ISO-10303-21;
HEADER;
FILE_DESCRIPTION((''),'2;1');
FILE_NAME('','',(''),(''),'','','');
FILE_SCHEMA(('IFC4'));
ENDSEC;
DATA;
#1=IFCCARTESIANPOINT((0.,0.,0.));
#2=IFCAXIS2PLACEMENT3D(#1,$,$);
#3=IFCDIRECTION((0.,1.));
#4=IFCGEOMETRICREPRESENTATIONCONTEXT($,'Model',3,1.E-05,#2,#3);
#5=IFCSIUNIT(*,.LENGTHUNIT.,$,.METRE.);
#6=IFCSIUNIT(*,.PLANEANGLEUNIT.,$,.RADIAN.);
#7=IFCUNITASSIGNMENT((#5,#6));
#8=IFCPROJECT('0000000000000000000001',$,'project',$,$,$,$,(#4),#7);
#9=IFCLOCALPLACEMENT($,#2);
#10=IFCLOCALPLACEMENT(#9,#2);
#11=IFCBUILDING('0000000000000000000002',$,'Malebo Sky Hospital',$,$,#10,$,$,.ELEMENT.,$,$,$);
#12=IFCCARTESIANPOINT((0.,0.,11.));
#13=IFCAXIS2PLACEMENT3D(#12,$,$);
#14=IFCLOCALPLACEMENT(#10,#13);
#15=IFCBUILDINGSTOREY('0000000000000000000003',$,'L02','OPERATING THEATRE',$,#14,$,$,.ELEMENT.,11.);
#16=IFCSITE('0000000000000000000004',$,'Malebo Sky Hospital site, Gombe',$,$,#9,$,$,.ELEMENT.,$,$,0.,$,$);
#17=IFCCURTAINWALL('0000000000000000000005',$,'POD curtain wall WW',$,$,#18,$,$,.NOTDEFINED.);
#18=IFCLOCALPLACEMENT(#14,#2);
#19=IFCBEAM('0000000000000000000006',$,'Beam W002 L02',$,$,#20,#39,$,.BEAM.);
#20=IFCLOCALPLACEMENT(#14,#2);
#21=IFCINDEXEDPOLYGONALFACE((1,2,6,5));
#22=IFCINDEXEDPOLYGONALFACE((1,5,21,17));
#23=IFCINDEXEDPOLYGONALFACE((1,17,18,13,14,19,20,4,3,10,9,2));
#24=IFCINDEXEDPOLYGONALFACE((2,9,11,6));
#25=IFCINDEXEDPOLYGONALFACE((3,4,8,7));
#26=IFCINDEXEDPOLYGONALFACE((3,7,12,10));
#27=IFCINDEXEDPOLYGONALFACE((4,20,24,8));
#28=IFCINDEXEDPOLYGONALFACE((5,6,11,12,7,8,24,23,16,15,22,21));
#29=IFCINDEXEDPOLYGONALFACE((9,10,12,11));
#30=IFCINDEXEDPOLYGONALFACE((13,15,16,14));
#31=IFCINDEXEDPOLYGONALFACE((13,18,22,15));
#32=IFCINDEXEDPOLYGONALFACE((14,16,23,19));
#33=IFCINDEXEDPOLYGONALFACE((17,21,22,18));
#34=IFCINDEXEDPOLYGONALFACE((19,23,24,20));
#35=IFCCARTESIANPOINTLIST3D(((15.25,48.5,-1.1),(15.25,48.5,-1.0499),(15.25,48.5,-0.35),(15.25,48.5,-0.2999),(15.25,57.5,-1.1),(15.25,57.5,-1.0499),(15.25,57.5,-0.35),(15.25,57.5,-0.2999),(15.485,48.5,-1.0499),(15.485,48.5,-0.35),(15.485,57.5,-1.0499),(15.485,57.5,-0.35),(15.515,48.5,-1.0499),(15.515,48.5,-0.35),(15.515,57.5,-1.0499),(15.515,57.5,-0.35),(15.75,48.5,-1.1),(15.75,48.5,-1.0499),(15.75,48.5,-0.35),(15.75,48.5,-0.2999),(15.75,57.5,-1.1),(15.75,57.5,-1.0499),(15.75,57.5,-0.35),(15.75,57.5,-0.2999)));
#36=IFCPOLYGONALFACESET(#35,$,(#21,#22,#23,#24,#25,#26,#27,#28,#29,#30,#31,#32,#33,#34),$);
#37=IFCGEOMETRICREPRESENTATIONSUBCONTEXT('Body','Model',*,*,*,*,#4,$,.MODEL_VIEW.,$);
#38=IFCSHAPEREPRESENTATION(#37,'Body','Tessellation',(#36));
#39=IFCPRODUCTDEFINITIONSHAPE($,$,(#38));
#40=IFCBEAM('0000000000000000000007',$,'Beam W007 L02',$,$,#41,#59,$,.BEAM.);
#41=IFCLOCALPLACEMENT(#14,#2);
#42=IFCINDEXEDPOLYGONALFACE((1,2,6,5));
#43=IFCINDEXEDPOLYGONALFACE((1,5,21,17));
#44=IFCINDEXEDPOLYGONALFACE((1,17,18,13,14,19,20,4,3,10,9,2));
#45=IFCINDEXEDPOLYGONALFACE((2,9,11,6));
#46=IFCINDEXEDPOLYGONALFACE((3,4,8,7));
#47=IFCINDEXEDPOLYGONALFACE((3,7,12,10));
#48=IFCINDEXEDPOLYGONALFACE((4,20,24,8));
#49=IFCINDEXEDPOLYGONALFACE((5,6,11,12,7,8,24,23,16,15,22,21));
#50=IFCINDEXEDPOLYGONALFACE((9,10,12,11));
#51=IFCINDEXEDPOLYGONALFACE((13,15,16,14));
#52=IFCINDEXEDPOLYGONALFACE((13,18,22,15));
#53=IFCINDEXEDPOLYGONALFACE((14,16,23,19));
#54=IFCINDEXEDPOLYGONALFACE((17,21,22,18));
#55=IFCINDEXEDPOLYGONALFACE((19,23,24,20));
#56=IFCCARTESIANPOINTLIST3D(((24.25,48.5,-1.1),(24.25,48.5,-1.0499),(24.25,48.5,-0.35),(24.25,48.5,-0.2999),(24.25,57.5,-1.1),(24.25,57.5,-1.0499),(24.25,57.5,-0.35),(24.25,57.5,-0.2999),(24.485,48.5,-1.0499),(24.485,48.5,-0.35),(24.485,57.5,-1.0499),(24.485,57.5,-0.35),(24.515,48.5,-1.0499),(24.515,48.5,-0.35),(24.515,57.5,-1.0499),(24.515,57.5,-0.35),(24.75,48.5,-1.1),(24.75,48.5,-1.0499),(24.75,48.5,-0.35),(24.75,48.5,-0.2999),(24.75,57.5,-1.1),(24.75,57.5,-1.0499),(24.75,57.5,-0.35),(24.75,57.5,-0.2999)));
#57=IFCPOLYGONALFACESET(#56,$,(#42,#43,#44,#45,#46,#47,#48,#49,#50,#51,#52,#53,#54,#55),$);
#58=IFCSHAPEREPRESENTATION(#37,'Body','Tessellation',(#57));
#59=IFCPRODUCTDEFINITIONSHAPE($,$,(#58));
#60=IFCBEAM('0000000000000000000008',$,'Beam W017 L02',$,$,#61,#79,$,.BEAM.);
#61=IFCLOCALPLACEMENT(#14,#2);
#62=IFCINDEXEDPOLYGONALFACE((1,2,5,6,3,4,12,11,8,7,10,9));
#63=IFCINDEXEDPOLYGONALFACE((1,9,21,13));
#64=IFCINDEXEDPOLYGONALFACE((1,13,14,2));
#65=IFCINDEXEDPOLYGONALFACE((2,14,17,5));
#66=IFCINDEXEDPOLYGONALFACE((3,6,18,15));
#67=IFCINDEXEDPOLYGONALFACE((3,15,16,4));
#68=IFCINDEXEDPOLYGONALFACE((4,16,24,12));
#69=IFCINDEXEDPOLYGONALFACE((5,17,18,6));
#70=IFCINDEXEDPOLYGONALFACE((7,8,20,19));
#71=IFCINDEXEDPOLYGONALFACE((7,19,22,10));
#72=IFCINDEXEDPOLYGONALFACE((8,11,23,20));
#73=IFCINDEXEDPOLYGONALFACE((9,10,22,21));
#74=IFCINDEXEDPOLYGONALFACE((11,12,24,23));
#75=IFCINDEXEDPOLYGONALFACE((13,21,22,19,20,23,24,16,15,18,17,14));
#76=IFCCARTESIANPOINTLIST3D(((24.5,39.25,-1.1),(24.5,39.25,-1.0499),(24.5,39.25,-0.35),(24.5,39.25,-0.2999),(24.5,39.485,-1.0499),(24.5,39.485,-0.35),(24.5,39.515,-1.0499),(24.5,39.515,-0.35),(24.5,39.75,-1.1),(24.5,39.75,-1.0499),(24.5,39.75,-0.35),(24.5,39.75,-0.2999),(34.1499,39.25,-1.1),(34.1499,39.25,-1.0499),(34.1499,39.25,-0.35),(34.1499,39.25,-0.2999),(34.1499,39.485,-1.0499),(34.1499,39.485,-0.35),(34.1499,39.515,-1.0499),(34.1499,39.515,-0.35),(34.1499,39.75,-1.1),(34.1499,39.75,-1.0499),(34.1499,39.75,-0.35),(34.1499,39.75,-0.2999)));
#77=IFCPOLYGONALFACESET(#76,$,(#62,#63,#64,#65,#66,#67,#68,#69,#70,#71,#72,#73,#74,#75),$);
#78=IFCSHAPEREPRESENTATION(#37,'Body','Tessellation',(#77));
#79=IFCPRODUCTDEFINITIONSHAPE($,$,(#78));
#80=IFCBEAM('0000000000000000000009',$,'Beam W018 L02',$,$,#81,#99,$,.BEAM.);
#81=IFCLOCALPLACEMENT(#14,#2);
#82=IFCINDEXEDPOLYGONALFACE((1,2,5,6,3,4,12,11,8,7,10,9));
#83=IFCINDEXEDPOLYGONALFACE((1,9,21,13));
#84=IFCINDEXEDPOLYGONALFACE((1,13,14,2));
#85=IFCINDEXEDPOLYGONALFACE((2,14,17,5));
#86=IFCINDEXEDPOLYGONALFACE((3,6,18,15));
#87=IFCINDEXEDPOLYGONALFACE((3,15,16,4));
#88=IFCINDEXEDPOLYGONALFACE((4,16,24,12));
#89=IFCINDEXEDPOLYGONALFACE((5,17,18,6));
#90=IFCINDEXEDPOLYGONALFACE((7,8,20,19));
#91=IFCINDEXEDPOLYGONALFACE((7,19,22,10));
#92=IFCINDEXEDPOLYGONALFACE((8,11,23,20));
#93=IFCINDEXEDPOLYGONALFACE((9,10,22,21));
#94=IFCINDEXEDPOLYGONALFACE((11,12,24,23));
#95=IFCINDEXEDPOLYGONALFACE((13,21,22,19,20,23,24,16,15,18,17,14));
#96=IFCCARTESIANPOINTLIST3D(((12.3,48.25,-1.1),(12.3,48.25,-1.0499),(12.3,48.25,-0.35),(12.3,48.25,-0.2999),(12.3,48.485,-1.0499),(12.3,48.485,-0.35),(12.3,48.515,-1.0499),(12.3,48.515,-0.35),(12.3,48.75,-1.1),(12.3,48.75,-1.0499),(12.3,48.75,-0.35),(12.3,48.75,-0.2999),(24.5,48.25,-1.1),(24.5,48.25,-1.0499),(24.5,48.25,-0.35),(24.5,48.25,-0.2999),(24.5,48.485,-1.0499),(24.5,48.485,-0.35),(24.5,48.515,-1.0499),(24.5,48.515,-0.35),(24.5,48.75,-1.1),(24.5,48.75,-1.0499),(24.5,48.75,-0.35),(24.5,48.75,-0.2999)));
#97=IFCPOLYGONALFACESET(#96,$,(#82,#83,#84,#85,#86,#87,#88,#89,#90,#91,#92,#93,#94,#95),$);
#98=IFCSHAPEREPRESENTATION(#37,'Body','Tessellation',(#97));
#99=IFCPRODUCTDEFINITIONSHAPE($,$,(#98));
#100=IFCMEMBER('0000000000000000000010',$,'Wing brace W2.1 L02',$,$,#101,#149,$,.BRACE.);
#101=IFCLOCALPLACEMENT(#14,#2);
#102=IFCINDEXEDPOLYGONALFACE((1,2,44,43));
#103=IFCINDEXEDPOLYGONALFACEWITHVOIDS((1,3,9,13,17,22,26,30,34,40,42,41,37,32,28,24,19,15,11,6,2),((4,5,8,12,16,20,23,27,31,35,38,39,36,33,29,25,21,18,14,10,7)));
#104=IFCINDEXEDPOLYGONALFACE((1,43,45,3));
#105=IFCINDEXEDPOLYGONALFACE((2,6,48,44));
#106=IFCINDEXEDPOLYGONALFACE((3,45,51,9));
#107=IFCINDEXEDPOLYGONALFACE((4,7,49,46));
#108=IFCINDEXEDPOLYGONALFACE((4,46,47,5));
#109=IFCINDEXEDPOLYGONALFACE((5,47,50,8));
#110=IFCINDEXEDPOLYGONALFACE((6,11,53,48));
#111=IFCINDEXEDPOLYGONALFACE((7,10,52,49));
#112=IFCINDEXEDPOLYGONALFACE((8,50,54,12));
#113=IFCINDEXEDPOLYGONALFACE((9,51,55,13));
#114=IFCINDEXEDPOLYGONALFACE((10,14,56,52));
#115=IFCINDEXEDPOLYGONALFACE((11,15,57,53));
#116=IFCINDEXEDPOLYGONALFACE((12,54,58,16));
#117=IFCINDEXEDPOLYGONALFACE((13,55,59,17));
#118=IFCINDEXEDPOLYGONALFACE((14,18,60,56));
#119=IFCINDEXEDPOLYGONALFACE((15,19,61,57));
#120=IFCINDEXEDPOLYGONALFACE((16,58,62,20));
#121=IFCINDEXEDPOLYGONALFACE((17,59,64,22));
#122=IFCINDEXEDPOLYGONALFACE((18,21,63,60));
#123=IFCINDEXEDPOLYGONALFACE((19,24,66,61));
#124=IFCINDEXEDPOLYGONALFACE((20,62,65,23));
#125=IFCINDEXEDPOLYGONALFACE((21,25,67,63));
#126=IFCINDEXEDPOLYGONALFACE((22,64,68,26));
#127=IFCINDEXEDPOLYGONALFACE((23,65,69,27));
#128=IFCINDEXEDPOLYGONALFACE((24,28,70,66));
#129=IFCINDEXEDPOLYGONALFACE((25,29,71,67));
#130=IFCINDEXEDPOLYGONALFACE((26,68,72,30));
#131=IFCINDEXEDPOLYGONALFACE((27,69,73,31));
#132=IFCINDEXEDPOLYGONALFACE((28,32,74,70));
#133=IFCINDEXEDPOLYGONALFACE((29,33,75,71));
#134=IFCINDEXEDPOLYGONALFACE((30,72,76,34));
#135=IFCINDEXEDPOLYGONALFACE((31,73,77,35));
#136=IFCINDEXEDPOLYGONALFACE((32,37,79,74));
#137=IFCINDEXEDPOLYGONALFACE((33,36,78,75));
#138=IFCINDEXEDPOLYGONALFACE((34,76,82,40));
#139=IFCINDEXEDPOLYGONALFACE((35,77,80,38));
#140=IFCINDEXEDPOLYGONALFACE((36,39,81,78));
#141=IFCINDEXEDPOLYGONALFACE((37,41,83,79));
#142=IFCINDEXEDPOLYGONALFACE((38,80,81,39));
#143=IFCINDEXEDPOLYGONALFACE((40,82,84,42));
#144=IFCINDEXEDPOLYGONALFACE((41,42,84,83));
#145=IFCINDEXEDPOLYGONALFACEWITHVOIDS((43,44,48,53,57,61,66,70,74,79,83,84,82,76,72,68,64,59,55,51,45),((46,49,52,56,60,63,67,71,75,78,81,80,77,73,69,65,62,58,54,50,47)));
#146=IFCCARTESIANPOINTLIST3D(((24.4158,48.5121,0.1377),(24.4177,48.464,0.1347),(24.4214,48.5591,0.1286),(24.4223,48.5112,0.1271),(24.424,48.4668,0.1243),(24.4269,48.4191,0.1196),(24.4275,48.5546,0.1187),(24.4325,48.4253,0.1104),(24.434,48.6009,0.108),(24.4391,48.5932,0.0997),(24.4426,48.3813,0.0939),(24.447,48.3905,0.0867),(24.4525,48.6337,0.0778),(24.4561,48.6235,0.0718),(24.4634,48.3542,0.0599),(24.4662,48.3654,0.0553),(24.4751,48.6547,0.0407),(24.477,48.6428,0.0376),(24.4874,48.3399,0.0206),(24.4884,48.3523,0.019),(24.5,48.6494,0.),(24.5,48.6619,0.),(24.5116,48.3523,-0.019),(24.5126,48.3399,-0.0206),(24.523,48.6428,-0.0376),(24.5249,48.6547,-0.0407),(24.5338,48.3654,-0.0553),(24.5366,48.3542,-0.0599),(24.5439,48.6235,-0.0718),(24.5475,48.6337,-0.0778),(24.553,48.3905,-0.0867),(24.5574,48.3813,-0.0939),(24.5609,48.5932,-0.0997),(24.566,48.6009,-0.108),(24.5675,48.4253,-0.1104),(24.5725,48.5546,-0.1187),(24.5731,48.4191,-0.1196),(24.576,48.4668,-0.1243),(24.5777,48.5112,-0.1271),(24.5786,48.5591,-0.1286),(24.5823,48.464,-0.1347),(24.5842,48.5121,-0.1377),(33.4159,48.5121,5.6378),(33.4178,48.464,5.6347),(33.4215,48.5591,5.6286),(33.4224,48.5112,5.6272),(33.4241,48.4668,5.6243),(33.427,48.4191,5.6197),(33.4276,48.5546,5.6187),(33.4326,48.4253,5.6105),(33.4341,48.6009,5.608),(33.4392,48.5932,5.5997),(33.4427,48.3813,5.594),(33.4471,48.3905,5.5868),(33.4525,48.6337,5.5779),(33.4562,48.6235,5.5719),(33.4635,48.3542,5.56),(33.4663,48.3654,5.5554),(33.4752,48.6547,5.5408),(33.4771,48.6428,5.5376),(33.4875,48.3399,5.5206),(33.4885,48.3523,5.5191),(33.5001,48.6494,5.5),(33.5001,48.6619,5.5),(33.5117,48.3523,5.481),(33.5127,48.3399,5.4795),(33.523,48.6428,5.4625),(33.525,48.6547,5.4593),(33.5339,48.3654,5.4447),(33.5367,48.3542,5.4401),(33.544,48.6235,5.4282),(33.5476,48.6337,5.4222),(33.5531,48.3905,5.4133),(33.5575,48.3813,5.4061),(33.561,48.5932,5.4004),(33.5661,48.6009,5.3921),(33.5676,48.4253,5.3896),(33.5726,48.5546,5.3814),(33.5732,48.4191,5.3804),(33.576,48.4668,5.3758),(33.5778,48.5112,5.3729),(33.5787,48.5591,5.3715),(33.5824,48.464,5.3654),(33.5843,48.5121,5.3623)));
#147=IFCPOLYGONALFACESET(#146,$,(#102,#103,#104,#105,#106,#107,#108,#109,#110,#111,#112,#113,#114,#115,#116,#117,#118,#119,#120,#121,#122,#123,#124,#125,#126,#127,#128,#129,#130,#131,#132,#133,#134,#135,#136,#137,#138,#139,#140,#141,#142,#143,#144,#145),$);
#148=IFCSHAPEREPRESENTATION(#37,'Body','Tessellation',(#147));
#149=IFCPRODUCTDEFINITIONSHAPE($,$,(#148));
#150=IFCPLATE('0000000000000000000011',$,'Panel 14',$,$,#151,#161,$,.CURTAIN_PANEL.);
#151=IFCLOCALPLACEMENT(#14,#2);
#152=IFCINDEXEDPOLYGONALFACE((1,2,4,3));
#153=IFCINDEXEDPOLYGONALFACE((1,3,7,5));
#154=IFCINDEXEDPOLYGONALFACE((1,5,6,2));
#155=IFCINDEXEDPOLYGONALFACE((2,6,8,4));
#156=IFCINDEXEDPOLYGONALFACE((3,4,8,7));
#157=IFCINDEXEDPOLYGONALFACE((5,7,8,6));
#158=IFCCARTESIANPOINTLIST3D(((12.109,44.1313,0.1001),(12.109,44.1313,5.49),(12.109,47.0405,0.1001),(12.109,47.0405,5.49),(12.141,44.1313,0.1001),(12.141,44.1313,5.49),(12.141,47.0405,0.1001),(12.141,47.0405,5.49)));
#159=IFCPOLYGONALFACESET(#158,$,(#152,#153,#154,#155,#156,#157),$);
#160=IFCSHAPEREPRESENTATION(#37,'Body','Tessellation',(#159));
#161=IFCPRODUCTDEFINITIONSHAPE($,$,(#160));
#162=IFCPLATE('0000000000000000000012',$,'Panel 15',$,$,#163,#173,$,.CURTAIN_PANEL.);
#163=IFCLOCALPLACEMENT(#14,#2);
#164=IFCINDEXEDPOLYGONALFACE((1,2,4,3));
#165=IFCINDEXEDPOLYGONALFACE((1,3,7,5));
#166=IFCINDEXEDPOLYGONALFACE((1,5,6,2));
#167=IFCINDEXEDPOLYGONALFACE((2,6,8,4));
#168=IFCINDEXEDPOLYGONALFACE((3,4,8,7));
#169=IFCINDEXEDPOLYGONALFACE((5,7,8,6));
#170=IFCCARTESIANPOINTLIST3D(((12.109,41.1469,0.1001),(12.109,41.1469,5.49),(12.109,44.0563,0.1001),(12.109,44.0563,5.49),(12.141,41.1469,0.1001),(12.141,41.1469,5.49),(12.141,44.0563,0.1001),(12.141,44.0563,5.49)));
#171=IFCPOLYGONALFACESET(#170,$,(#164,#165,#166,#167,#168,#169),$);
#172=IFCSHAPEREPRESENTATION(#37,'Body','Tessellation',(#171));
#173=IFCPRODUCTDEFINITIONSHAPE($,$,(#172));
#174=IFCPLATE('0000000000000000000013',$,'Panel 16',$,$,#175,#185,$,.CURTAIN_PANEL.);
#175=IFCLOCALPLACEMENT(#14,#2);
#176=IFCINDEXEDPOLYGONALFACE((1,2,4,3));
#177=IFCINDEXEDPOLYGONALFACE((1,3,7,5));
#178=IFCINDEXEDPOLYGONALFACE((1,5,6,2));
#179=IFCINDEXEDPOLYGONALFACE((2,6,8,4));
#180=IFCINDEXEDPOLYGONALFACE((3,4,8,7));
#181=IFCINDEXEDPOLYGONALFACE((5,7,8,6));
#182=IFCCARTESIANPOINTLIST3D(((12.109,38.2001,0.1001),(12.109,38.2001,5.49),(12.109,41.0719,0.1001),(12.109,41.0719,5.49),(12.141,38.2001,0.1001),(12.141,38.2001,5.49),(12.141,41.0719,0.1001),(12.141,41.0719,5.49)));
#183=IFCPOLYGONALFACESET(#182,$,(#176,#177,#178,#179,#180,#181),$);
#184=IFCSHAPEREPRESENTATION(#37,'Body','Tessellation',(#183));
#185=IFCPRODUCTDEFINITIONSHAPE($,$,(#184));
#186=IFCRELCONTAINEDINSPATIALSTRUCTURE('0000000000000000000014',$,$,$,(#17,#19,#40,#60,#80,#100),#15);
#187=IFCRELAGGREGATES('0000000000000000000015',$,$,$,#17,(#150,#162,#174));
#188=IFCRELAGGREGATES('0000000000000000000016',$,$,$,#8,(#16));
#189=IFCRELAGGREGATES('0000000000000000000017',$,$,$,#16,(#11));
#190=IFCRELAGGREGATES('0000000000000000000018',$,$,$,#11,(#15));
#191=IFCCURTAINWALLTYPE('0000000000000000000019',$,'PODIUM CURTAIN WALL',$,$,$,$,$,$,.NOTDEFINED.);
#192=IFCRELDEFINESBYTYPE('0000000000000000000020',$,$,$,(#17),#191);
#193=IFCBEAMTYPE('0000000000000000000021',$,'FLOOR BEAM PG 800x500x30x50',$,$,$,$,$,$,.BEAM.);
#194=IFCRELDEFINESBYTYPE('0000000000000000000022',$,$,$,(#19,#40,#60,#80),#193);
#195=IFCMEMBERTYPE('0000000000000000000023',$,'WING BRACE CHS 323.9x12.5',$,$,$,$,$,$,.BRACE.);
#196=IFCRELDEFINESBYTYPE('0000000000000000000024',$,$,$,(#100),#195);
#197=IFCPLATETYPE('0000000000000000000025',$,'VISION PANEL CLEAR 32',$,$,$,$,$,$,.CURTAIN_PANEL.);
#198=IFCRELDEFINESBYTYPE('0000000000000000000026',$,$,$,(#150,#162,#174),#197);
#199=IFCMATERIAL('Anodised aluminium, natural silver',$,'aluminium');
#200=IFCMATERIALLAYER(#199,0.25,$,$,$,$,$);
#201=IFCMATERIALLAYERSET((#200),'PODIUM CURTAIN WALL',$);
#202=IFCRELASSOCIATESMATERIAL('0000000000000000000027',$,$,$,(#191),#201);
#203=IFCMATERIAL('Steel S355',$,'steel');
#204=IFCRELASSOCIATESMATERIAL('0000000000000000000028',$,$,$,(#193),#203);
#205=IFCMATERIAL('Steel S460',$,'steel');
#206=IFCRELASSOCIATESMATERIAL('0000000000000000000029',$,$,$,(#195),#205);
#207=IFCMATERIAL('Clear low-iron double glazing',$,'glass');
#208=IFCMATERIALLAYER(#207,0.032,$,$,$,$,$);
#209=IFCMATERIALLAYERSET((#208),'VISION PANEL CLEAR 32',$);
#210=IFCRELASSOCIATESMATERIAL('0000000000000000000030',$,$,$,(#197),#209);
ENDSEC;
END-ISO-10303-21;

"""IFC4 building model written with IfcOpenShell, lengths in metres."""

from ifc_helpers import new_model, si_unit, direction, frame, origin, origin_2d, place, context, subcontext, project, spatial, rectangle, hollow_circle, i_section, extrude, material, layer, layer_set, material_profile, profile_set, type_object, element, aggregate, save


model = new_model("IFC4")

# Units and contexts
model_context = context("Model", 3, precision=1e-05, world=origin(), true_north=direction((0.0, 1.0)))
body_context = subcontext(model_context, "Body", "Model", "MODEL_VIEW")
ifc_project = project(units=[si_unit("LENGTHUNIT", "METRE"), si_unit("PLANEANGLEUNIT", "RADIAN")], contexts=[model_context])

# Site, building, storey
site_placement = place(None, origin())
site = spatial("IfcSite", under=ifc_project, at=site_placement, Name="Malebo Sky Hospital site, Gombe", CompositionType="ELEMENT", RefElevation=0.0)
building_placement = place(site_placement, origin())
building = spatial("IfcBuilding", under=site, at=building_placement, Name="Malebo Sky Hospital", CompositionType="ELEMENT")
storey_placement = place(building_placement, frame((0.0, 0.0, 11.0)))
storey = spatial("IfcBuildingStorey", under=building, at=storey_placement, Name="L02", Description="OPERATING THEATRE", CompositionType="ELEMENT", Elevation=11.0)

# Shared definitions
ifc_material_1 = material(Name="Steel S355", Category="steel")

# Curtain wall
ifc_material_2 = material(Name="Anodised aluminium, natural silver", Category="aluminium")
ifc_layer_1 = layer(ifc_material_2, 0.25)
ifc_layer_set_1 = layer_set([ifc_layer_1], Name="PODIUM CURTAIN WALL")
curtain_wall_type = type_object("IfcCurtainWallType", Name="PODIUM CURTAIN WALL", PredefinedType="NOTDEFINED", material=ifc_layer_set_1)
curtain_wall_placement = place(storey_placement, origin())
curtain_wall = element("IfcCurtainWall", 1, at=curtain_wall_placement, inside=storey, type_object=curtain_wall_type, Name="POD curtain wall WW", PredefinedType="NOTDEFINED")

# Beams
ifc_material_profile_1 = material_profile(ifc_material_1, i_section(OverallWidth=0.5, OverallDepth=0.8, WebThickness=0.03, FlangeThickness=0.05, at=origin_2d()), Name="PG 800x500x30x50")
ifc_profile_set_1 = profile_set([ifc_material_profile_1], Name="Steel S355")
beam_type = type_object("IfcBeamType", Name="FLOOR BEAM PG 800x500x30x50", PredefinedType="BEAM", material=ifc_profile_set_1)
for number, where, z_axis, x_axis, name in (
    (2, (15.5, 48.5, -0.7), (0.0, 1.0, 0.0), (-1.0, 0.0, 0.0), "Beam W002 L02"),
    (3, (24.5, 48.5, -0.7), (0.0, 1.0, 0.0), (-1.0, 0.0, 0.0), "Beam W007 L02"),
):
    element("IfcBeam", number, at=place(storey_placement, frame(where, z_axis=z_axis, x_axis=x_axis)), inside=storey, type_object=beam_type, Name=name, PredefinedType="BEAM", context=body_context, shape_type="SweptSolid", body=[
        extrude(i_section(OverallWidth=0.5, OverallDepth=0.8, WebThickness=0.03, FlangeThickness=0.05, at=origin_2d()), origin(), (0.0, 0.0, 1.0), 9.0),
    ])
beam_1_placement = place(storey_placement, frame((24.5, 39.5, -0.7), z_axis=(1.0, 0.0, 0.0), x_axis=(0.0, 1.0, 0.0)))
element("IfcBeam", 4, at=beam_1_placement, inside=storey, type_object=beam_type, Name="Beam W017 L02", PredefinedType="BEAM", context=body_context, shape_type="SweptSolid", body=[
    extrude(i_section(OverallWidth=0.5, OverallDepth=0.8, WebThickness=0.03, FlangeThickness=0.05, at=origin_2d()), origin(), (0.0, 0.0, 1.0), 9.6499),
])
beam_2_placement = place(storey_placement, frame((12.3, 48.5, -0.7), z_axis=(1.0, 0.0, 0.0), x_axis=(0.0, 1.0, 0.0)))
element("IfcBeam", 5, at=beam_2_placement, inside=storey, type_object=beam_type, Name="Beam W018 L02", PredefinedType="BEAM", context=body_context, shape_type="SweptSolid", body=[
    extrude(i_section(OverallWidth=0.5, OverallDepth=0.8, WebThickness=0.03, FlangeThickness=0.05, at=origin_2d()), origin(), (0.0, 0.0, 1.0), 12.2),
])

# Member
ifc_material_3 = material(Name="Steel S460", Category="steel")
ifc_material_profile_2 = material_profile(ifc_material_3, hollow_circle(Radius=0.1619, WallThickness=0.0125, at=origin_2d()), Name="CHS 323.9x12.5")
ifc_profile_set_2 = profile_set([ifc_material_profile_2], Name="Steel S460")
member_type_1 = type_object("IfcMemberType", Name="WING BRACE CHS 323.9x12.5", PredefinedType="BRACE", material=ifc_profile_set_2)
member_1_placement = place(storey_placement, frame((24.5, 48.5, 0.0), z_axis=(0.853282, 0.0, 0.52145), x_axis=(0.0, 1.0, 0.0)))
element("IfcMember", 6, at=member_1_placement, inside=storey, type_object=member_type_1, Name="Wing brace W2.1 L02", PredefinedType="BRACE", context=body_context, shape_type="SweptSolid", body=[
    extrude(hollow_circle(Radius=0.1619, WallThickness=0.0125, at=origin_2d()), origin(), (0.0, 0.0, 1.0), 10.5476),
])

# Plates
ifc_material_4 = material(Name="Clear low-iron double glazing", Category="glass")
ifc_layer_2 = layer(ifc_material_4, 0.032)
ifc_layer_set_2 = layer_set([ifc_layer_2], Name="VISION PANEL CLEAR 32")
plate_type = type_object("IfcPlateType", Name="VISION PANEL CLEAR 32", PredefinedType="CURTAIN_PANEL", material=ifc_layer_set_2)
plate_1_placement = place(storey_placement, frame((12.125, 45.5859, 0.1001), z_axis=(0.0, 0.0, 1.0), x_axis=(0.0, -1.0, 0.0)))
plate_1 = element("IfcPlate", 7, at=plate_1_placement, type_object=plate_type, Name="Panel 14", PredefinedType="CURTAIN_PANEL", context=body_context, shape_type="SweptSolid", body=[
    extrude(rectangle(XDim=2.9092, YDim=0.032, at=origin_2d()), origin(), (0.0, 0.0, 1.0), 5.3899),
])
plate_2_placement = place(storey_placement, frame((12.125, 42.6016, 0.1001), z_axis=(0.0, 0.0, 1.0), x_axis=(0.0, -1.0, 0.0)))
plate_2 = element("IfcPlate", 8, at=plate_2_placement, type_object=plate_type, Name="Panel 15", PredefinedType="CURTAIN_PANEL", context=body_context, shape_type="SweptSolid", body=[
    extrude(rectangle(XDim=2.9094, YDim=0.032, at=origin_2d()), origin(), (0.0, 0.0, 1.0), 5.3899),
])
plate_3_placement = place(storey_placement, frame((12.125, 39.636, 0.1001), z_axis=(0.0, 0.0, 1.0), x_axis=(0.0, -1.0, 0.0)))
plate_3 = element("IfcPlate", 9, at=plate_3_placement, type_object=plate_type, Name="Panel 16", PredefinedType="CURTAIN_PANEL", context=body_context, shape_type="SweptSolid", body=[
    extrude(rectangle(XDim=2.8718, YDim=0.032, at=origin_2d()), origin(), (0.0, 0.0, 1.0), 5.3899),
])
aggregate(curtain_wall, [plate_1, plate_2, plate_3])

save(model, "model.ifc")
